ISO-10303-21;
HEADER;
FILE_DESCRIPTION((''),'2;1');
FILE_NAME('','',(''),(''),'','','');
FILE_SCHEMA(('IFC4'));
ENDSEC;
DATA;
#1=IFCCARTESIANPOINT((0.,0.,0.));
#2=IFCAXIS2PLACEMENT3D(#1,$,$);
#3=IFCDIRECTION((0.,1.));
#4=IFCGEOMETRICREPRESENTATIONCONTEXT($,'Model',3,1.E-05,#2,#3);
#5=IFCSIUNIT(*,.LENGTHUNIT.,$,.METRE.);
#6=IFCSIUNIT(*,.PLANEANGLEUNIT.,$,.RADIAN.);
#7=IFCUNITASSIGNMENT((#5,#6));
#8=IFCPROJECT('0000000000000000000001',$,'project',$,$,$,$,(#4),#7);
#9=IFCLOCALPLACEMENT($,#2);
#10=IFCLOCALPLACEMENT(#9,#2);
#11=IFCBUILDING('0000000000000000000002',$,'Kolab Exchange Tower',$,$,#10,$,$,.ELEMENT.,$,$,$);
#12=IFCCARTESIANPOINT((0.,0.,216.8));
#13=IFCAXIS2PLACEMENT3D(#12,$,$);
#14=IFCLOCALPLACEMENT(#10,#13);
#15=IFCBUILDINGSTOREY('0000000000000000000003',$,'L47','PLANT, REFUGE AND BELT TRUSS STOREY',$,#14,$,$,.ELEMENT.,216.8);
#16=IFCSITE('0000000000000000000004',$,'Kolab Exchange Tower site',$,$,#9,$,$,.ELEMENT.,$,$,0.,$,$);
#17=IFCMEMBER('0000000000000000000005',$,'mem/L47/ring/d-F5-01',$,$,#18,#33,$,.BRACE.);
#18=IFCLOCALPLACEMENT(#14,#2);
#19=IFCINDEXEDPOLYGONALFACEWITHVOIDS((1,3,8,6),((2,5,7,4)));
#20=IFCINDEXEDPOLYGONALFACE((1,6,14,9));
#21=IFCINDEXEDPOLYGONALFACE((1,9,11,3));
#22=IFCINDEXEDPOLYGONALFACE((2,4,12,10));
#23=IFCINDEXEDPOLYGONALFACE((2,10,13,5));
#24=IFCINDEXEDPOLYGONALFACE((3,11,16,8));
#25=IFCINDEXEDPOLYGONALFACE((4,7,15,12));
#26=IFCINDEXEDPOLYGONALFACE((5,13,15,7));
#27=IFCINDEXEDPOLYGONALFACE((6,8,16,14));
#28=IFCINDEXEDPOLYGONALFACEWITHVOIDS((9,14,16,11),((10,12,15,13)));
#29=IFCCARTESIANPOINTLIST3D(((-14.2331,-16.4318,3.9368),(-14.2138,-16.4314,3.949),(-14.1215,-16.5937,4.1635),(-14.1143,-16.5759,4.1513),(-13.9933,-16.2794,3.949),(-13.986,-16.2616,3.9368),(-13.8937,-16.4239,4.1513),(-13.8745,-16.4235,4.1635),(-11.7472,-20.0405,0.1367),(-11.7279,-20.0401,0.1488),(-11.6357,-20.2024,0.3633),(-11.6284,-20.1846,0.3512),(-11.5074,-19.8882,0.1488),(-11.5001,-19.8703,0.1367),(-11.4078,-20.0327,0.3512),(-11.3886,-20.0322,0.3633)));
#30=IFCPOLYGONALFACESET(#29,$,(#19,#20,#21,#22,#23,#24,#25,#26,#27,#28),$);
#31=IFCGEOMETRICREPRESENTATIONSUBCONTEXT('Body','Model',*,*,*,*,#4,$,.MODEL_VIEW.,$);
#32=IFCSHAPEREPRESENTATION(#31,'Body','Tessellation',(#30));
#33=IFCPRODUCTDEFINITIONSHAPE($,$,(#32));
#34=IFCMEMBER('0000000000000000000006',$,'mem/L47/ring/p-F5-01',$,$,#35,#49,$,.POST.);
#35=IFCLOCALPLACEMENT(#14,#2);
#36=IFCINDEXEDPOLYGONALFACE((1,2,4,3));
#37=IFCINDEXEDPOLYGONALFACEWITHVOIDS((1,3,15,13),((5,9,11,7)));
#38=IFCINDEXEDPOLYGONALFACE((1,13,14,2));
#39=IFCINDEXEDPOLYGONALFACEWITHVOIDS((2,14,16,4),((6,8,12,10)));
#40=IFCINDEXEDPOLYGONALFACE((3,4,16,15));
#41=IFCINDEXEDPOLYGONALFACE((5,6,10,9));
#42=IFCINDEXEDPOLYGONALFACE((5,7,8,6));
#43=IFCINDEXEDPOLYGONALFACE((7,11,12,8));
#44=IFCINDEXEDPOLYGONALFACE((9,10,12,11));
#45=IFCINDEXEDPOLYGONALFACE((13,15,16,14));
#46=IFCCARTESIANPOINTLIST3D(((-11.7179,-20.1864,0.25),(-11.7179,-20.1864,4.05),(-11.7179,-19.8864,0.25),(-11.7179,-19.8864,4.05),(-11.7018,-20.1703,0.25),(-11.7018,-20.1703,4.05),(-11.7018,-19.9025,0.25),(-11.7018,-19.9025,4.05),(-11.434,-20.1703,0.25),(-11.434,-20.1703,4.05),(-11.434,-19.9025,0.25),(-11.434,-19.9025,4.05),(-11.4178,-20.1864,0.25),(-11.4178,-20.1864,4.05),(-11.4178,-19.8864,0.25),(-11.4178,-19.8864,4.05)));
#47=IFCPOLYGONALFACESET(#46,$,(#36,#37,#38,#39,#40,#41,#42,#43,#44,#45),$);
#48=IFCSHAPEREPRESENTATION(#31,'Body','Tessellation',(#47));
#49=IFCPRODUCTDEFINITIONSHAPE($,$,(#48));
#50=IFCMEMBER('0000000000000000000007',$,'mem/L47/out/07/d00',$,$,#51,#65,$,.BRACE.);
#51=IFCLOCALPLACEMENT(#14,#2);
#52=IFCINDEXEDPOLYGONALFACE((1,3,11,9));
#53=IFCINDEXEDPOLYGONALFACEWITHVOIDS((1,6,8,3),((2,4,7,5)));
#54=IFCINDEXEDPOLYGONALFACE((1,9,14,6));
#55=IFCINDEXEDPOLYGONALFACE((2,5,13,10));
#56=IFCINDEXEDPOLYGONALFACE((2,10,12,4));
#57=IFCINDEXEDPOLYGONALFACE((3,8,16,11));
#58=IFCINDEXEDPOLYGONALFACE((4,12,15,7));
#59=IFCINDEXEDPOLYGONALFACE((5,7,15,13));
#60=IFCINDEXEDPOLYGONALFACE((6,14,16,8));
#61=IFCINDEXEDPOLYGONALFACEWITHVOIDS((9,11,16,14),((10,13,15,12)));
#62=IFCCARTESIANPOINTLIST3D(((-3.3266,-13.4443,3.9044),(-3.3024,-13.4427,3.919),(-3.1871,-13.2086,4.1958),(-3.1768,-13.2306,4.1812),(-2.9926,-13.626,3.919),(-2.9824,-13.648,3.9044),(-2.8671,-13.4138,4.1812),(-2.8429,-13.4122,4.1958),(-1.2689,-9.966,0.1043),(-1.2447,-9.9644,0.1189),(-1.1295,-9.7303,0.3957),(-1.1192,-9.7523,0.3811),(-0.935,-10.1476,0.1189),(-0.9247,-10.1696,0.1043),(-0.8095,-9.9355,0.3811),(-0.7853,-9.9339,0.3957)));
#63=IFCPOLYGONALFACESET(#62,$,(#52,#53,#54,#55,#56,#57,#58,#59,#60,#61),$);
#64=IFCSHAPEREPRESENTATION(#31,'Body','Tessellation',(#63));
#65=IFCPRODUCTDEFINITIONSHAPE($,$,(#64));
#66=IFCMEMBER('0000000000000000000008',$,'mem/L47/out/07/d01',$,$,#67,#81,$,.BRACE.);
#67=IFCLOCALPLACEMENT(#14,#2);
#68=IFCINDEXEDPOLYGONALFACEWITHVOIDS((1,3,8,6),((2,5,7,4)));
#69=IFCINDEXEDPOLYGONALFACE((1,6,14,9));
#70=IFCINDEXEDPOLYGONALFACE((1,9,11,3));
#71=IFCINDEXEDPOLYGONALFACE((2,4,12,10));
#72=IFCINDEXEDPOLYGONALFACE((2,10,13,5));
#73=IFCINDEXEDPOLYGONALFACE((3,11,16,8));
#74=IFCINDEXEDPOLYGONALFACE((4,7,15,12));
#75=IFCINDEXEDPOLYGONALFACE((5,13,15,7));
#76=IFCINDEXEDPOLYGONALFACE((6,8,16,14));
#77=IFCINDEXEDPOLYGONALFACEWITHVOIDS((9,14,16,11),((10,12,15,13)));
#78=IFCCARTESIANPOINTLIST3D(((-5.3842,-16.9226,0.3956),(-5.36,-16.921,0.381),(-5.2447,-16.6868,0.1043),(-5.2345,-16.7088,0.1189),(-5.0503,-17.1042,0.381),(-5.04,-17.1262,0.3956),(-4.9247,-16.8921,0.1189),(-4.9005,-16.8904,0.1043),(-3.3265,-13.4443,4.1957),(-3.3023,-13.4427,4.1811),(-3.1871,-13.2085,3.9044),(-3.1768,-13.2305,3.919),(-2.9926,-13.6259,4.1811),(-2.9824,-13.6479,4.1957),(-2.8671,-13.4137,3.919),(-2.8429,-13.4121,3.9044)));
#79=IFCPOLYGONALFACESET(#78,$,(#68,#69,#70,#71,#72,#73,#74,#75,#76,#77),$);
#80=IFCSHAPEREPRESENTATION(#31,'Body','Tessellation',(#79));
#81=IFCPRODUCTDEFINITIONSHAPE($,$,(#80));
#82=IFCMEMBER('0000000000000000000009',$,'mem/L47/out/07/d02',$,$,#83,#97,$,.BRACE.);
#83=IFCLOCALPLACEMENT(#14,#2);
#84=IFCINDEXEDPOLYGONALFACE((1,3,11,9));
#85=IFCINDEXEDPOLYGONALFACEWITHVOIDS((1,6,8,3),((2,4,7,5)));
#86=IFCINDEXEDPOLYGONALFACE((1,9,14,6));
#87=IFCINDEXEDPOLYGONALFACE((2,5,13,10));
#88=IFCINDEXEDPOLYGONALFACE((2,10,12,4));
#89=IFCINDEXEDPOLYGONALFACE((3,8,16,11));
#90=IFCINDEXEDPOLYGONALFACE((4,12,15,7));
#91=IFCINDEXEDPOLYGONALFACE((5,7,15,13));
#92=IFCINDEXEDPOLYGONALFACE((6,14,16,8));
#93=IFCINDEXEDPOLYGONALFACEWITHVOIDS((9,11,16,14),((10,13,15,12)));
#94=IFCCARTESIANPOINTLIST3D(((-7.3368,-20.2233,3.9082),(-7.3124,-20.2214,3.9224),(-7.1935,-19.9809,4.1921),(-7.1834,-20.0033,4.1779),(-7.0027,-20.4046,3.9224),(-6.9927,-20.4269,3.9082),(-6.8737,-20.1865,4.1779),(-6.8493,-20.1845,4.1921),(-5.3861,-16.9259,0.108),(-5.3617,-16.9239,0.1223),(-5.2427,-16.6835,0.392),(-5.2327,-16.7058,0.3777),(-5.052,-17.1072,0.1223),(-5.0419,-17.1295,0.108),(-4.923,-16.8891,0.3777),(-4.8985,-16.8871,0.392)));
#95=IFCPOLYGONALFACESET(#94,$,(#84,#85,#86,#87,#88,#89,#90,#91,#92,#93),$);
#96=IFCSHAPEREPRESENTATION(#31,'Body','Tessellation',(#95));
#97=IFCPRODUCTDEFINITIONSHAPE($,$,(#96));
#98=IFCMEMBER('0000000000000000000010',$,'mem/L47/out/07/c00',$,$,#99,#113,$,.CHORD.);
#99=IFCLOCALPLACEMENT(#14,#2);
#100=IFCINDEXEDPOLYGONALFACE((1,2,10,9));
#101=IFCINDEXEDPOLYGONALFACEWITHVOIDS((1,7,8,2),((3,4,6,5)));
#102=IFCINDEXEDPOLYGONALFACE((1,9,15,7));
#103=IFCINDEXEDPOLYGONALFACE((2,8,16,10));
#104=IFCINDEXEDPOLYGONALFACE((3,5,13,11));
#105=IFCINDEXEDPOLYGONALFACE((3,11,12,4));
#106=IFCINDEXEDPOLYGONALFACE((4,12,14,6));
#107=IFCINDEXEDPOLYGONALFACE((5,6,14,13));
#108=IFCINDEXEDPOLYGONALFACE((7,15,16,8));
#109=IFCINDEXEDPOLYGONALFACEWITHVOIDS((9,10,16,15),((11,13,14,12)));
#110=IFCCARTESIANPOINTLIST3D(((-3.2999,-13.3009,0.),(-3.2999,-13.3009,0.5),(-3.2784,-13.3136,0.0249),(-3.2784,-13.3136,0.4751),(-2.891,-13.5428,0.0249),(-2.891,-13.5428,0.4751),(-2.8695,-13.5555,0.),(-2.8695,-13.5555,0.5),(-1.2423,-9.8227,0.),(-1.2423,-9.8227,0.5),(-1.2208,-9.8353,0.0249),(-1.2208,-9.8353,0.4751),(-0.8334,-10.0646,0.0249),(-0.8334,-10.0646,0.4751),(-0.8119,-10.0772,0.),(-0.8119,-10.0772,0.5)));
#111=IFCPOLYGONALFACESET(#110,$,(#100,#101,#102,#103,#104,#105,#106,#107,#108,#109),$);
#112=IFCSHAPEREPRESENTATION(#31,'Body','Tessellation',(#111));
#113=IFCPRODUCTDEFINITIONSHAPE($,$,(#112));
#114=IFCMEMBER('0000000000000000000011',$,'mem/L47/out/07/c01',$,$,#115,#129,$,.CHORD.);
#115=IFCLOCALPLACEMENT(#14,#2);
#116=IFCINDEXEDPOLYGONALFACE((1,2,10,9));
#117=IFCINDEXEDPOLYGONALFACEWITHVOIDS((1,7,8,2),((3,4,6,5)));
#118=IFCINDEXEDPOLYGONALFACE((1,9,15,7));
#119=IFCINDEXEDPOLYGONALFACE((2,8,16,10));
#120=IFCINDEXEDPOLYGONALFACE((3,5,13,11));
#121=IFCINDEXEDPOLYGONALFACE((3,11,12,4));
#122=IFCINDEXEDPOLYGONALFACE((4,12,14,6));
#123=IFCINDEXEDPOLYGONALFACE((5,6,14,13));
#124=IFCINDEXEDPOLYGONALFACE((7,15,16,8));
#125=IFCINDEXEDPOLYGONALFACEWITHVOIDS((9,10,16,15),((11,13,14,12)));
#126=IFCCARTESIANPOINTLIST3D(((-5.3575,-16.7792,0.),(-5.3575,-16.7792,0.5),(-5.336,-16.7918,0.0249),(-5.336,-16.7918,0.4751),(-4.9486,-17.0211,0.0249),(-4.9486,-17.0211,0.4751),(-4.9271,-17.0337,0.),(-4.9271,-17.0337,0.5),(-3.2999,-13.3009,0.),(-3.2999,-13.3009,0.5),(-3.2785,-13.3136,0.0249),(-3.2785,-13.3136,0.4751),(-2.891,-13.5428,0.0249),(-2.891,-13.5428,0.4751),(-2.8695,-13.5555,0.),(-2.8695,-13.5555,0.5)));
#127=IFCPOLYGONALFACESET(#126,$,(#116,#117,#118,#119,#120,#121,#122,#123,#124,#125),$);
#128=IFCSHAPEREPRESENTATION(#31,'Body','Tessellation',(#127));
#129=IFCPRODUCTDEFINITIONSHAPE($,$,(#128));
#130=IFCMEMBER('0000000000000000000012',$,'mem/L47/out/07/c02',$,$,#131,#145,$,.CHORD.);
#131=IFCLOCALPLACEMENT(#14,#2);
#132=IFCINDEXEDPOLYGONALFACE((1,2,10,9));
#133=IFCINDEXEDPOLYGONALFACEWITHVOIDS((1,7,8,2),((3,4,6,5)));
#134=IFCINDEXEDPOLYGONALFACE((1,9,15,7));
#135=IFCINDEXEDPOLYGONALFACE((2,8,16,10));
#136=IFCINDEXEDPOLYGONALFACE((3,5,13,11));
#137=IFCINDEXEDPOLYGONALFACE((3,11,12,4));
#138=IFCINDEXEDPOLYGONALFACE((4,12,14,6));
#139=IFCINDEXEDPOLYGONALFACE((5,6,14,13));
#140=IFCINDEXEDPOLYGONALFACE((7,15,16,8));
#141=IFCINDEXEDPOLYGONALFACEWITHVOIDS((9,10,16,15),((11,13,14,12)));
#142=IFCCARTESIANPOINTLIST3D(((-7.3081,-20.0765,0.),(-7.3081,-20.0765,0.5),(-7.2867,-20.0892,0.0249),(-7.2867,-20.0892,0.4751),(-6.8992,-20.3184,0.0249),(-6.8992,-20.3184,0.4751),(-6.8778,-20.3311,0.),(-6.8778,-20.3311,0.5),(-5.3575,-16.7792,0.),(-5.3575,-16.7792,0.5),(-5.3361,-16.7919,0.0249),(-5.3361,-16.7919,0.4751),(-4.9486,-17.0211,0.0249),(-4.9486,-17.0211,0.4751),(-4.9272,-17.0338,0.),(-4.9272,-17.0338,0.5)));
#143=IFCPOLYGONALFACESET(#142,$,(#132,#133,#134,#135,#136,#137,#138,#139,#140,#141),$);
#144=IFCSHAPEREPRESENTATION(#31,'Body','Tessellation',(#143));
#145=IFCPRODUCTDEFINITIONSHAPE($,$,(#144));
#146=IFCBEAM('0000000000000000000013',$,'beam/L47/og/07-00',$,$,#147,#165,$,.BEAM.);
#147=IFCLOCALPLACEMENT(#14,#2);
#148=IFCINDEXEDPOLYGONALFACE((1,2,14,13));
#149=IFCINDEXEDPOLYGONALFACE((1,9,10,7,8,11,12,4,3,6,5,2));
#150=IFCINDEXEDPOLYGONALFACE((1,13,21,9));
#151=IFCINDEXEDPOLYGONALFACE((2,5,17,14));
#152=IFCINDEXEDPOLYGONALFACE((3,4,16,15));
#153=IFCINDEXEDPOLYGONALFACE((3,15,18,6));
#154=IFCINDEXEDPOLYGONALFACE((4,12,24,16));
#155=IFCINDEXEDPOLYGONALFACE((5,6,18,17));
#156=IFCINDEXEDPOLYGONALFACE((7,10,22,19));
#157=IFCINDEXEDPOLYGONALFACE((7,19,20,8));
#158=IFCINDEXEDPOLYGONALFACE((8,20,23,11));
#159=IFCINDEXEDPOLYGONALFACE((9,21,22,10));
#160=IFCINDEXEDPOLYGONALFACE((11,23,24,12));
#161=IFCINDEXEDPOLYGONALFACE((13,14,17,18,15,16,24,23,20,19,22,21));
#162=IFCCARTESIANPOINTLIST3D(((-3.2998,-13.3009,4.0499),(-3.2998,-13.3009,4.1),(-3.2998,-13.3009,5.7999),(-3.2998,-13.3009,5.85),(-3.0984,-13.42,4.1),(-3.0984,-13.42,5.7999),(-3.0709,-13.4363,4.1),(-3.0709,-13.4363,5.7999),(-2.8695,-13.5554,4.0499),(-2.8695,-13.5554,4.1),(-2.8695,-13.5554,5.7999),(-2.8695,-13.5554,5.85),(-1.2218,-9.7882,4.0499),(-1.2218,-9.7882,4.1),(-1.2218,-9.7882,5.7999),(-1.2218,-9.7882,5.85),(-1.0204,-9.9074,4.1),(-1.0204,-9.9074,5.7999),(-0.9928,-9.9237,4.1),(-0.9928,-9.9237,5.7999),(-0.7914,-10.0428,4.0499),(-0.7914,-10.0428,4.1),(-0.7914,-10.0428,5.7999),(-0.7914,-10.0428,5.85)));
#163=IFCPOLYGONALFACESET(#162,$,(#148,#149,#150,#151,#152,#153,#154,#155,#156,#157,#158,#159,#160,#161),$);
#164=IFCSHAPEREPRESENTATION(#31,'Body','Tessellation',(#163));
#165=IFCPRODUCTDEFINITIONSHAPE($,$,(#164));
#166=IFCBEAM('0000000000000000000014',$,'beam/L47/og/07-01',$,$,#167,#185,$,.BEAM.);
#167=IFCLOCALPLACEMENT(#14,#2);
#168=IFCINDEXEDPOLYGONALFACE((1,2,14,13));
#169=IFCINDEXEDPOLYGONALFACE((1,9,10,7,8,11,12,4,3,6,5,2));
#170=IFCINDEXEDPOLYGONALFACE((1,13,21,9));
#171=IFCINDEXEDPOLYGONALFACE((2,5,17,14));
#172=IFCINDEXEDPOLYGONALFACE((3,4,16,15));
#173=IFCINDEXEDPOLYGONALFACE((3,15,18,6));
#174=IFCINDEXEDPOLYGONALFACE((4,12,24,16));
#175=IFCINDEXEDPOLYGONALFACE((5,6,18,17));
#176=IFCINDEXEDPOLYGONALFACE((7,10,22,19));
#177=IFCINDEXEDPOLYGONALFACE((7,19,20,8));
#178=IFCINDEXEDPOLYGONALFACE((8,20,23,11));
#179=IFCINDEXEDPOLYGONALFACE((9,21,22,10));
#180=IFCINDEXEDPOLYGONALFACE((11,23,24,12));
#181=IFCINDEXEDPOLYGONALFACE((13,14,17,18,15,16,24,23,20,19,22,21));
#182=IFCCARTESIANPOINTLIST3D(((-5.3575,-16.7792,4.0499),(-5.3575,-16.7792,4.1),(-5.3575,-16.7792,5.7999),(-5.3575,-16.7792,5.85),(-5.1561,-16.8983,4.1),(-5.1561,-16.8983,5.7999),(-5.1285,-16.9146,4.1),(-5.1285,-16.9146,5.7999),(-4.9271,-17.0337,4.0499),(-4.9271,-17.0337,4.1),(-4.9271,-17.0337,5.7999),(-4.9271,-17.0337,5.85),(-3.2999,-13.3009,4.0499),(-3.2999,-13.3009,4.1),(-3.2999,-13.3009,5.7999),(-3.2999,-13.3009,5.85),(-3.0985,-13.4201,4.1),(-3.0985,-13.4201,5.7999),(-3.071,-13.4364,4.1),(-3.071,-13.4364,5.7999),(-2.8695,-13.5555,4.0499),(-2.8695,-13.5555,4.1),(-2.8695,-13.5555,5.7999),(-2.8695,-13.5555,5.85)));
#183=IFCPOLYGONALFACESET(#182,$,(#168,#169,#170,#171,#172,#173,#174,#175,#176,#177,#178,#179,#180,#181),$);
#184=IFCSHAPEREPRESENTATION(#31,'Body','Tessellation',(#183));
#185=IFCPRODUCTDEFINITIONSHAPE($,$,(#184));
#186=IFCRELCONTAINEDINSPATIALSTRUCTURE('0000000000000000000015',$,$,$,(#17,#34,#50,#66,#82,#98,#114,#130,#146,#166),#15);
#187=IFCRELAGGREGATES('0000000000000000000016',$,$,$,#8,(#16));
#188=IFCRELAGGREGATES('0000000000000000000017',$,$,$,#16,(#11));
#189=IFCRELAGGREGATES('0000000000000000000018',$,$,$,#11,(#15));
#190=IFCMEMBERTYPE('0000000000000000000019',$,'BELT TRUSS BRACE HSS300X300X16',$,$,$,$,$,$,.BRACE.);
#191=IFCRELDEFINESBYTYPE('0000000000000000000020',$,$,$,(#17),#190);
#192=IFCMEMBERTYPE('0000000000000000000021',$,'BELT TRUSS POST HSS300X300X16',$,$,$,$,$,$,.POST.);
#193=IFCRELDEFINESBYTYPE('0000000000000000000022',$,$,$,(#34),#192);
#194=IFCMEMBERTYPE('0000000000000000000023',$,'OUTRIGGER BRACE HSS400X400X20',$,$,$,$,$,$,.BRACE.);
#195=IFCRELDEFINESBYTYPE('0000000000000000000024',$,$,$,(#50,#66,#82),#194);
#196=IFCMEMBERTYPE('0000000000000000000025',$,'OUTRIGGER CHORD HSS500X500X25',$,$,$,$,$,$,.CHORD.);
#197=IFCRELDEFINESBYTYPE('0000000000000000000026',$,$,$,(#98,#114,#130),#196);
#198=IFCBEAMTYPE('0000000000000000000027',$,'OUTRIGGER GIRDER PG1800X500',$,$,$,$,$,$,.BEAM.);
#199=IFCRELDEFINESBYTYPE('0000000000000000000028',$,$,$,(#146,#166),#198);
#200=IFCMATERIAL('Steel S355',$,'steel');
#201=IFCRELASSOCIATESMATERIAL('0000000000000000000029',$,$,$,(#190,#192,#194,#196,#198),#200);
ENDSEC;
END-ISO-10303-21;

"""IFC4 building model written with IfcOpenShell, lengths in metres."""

from ifc_helpers import new_model, si_unit, direction, frame, origin, origin_2d, place, context, subcontext, project, spatial, hollow_rectangle, i_section, extrude, material, material_profile, profile_set, type_object, element, save


model = new_model("IFC4")

# Units and contexts
model_context = context("Model", 3, precision=1e-05, world=origin(), true_north=direction((0.0, 1.0)))
body_context = subcontext(model_context, "Body", "Model", "MODEL_VIEW")
ifc_project = project(units=[si_unit("LENGTHUNIT", "METRE"), si_unit("PLANEANGLEUNIT", "RADIAN")], contexts=[model_context])

# Site, building, storey
site_placement = place(None, origin())
site = spatial("IfcSite", under=ifc_project, at=site_placement, Name="Kolab Exchange Tower site", CompositionType="ELEMENT", RefElevation=0.0)
building_placement = place(site_placement, origin())
building = spatial("IfcBuilding", under=site, at=building_placement, Name="Kolab Exchange Tower", CompositionType="ELEMENT")
storey_placement = place(building_placement, frame((0.0, 0.0, 216.8)))
storey = spatial("IfcBuildingStorey", under=building, at=storey_placement, Name="L47", Description="PLANT, REFUGE AND BELT TRUSS STOREY", CompositionType="ELEMENT", Elevation=216.8)

# Members
ifc_material_1 = material(Name="Steel S355", Category="steel")
ifc_material_profile_1 = material_profile(ifc_material_1, hollow_rectangle(XDim=0.3, YDim=0.3, WallThickness=0.0161, at=origin_2d()), Name="HSS300X300X16")
ifc_profile_set_1 = profile_set([ifc_material_profile_1], Name="Steel S355")
member_type_1 = type_object("IfcMemberType", Name="BELT TRUSS BRACE HSS300X300X16", PredefinedType="BRACE", material=ifc_profile_set_1)
member_1_placement = place(storey_placement, frame((-11.5679, -20.0364, 0.25), z_axis=(-0.42858, 0.622161, 0.655161), x_axis=(-0.82352, -0.567288, 0.0)))
element("IfcMember", 1, at=member_1_placement, inside=storey, type_object=member_type_1, Name="mem/L47/ring/d-F5-01", PredefinedType="BRACE", context=body_context, shape_type="SweptSolid", body=[
    extrude(hollow_rectangle(XDim=0.3, YDim=0.3, WallThickness=0.0161, at=origin_2d()), origin(), (0.0, 0.0, 1.0), 5.8003),
])
ifc_material_profile_2 = material_profile(ifc_material_1, hollow_rectangle(XDim=0.3, YDim=0.3, WallThickness=0.0161, at=origin_2d()), Name="HSS300X300X16")
ifc_profile_set_2 = profile_set([ifc_material_profile_2], Name="Steel S355")
member_type_2 = type_object("IfcMemberType", Name="BELT TRUSS POST HSS300X300X16", PredefinedType="POST", material=ifc_profile_set_2)
member_2_placement = place(storey_placement, frame((-11.5679, -20.0364, 0.25), z_axis=(0.0, 0.0, 1.0), x_axis=(1.0, 0.0, 0.0)))
element("IfcMember", 2, at=member_2_placement, inside=storey, type_object=member_type_2, Name="mem/L47/ring/p-F5-01", PredefinedType="POST", context=body_context, shape_type="SweptSolid", body=[
    extrude(hollow_rectangle(XDim=0.3, YDim=0.3, WallThickness=0.0161, at=origin_2d()), origin(), (0.0, 0.0, 1.0), 3.8),
])
ifc_material_profile_3 = material_profile(ifc_material_1, hollow_rectangle(XDim=0.3999, YDim=0.3999, WallThickness=0.02, at=origin_2d()), Name="HSS400X400X20")
ifc_profile_set_3 = profile_set([ifc_material_profile_3], Name="Steel S355")
member_type_3 = type_object("IfcMemberType", Name="OUTRIGGER BRACE HSS400X400X20", PredefinedType="BRACE", material=ifc_profile_set_3)
for number, where, z_axis, x_axis, name in (
    (3, (-1.0271, -9.95, 0.25), (-0.370922, -0.627021, 0.685027), (0.86068, -0.509146, 0.0), "mem/L47/out/07/d00"),
    (4, (-3.0847, -13.4282, 4.05), (-0.370922, -0.627021, -0.685027), (0.86068, -0.509146, 0.0), "mem/L47/out/07/d01"),
):
    element("IfcMember", number, at=place(storey_placement, frame(where, z_axis=z_axis, x_axis=x_axis)), inside=storey, type_object=member_type_3, Name=name, PredefinedType="BRACE", context=body_context, shape_type="SweptSolid", body=[
        extrude(hollow_rectangle(XDim=0.3999, YDim=0.3999, WallThickness=0.02, at=origin_2d()), origin(), (0.0, 0.0, 1.0), 5.5474),
    ])
member_3_placement = place(storey_placement, frame((-5.1423, -16.9065, 0.25), z_axis=(-0.361497, -0.611062, 0.704218), x_axis=(0.86067, -0.509163, 0.0)))
element("IfcMember", 5, at=member_3_placement, inside=storey, type_object=member_type_3, Name="mem/L47/out/07/d02", PredefinedType="BRACE", context=body_context, shape_type="SweptSolid", body=[
    extrude(hollow_rectangle(XDim=0.3999, YDim=0.3999, WallThickness=0.02, at=origin_2d()), origin(), (0.0, 0.0, 1.0), 5.3962),
])
ifc_material_profile_4 = material_profile(ifc_material_1, hollow_rectangle(XDim=0.5, YDim=0.5, WallThickness=0.0249, at=origin_2d()), Name="HSS500X500X25")
ifc_profile_set_4 = profile_set([ifc_material_profile_4], Name="Steel S355")
member_type_4 = type_object("IfcMemberType", Name="OUTRIGGER CHORD HSS500X500X25", PredefinedType="CHORD", material=ifc_profile_set_4)
for number, where, z_axis, x_axis, name in (
    (6, (-1.0271, -9.95, 0.25), (-0.509146, -0.86068, 0.0), (0.86068, -0.509146, 0.0), "mem/L47/out/07/c00"),
    (7, (-3.0847, -13.4282, 0.25), (-0.509146, -0.86068, 0.0), (0.86068, -0.509146, 0.0), "mem/L47/out/07/c01"),
):
    element("IfcMember", number, at=place(storey_placement, frame(where, z_axis=z_axis, x_axis=x_axis)), inside=storey, type_object=member_type_4, Name=name, PredefinedType="CHORD", context=body_context, shape_type="SweptSolid", body=[
        extrude(hollow_rectangle(XDim=0.5, YDim=0.5, WallThickness=0.0249, at=origin_2d()), origin(), (0.0, 0.0, 1.0), 4.0413),
    ])
member_4_placement = place(storey_placement, frame((-5.1423, -16.9065, 0.25), z_axis=(-0.509163, -0.86067, 0.0), x_axis=(0.86067, -0.509163, 0.0)))
element("IfcMember", 8, at=member_4_placement, inside=storey, type_object=member_type_4, Name="mem/L47/out/07/c02", PredefinedType="CHORD", context=body_context, shape_type="SweptSolid", body=[
    extrude(hollow_rectangle(XDim=0.5, YDim=0.5, WallThickness=0.0249, at=origin_2d()), origin(), (0.0, 0.0, 1.0), 3.8311),
])

# Beams
ifc_material_profile_5 = material_profile(ifc_material_1, i_section(OverallWidth=0.5, OverallDepth=1.8, WebThickness=0.032, FlangeThickness=0.05, at=origin_2d()), Name="PG1800X500")
ifc_profile_set_5 = profile_set([ifc_material_profile_5], Name="Steel S355")
beam_type = type_object("IfcBeamType", Name="OUTRIGGER GIRDER PG1800X500", PredefinedType="BEAM", material=ifc_profile_set_5)
beam_1_placement = place(storey_placement, frame((-1.0066, -9.9155, 4.95), z_axis=(-0.509173, -0.860664, 0.0), x_axis=(0.860664, -0.509173, 0.0)))
element("IfcBeam", 9, at=beam_1_placement, inside=storey, type_object=beam_type, Name="beam/L47/og/07-00", PredefinedType="BEAM", context=body_context, shape_type="SweptSolid", body=[
    extrude(i_section(OverallWidth=0.5, OverallDepth=1.8, WebThickness=0.032, FlangeThickness=0.05, at=origin_2d()), origin(), (0.0, 0.0, 1.0), 4.0813),
])
beam_2_placement = place(storey_placement, frame((-3.0847, -13.4282, 4.95), z_axis=(-0.509146, -0.86068, 0.0), x_axis=(0.86068, -0.509146, 0.0)))
element("IfcBeam", 10, at=beam_2_placement, inside=storey, type_object=beam_type, Name="beam/L47/og/07-01", PredefinedType="BEAM", context=body_context, shape_type="SweptSolid", body=[
    extrude(i_section(OverallWidth=0.5, OverallDepth=1.8, WebThickness=0.032, FlangeThickness=0.05, at=origin_2d()), origin(), (0.0, 0.0, 1.0), 4.0413),
])

save(model, "model.ifc")
